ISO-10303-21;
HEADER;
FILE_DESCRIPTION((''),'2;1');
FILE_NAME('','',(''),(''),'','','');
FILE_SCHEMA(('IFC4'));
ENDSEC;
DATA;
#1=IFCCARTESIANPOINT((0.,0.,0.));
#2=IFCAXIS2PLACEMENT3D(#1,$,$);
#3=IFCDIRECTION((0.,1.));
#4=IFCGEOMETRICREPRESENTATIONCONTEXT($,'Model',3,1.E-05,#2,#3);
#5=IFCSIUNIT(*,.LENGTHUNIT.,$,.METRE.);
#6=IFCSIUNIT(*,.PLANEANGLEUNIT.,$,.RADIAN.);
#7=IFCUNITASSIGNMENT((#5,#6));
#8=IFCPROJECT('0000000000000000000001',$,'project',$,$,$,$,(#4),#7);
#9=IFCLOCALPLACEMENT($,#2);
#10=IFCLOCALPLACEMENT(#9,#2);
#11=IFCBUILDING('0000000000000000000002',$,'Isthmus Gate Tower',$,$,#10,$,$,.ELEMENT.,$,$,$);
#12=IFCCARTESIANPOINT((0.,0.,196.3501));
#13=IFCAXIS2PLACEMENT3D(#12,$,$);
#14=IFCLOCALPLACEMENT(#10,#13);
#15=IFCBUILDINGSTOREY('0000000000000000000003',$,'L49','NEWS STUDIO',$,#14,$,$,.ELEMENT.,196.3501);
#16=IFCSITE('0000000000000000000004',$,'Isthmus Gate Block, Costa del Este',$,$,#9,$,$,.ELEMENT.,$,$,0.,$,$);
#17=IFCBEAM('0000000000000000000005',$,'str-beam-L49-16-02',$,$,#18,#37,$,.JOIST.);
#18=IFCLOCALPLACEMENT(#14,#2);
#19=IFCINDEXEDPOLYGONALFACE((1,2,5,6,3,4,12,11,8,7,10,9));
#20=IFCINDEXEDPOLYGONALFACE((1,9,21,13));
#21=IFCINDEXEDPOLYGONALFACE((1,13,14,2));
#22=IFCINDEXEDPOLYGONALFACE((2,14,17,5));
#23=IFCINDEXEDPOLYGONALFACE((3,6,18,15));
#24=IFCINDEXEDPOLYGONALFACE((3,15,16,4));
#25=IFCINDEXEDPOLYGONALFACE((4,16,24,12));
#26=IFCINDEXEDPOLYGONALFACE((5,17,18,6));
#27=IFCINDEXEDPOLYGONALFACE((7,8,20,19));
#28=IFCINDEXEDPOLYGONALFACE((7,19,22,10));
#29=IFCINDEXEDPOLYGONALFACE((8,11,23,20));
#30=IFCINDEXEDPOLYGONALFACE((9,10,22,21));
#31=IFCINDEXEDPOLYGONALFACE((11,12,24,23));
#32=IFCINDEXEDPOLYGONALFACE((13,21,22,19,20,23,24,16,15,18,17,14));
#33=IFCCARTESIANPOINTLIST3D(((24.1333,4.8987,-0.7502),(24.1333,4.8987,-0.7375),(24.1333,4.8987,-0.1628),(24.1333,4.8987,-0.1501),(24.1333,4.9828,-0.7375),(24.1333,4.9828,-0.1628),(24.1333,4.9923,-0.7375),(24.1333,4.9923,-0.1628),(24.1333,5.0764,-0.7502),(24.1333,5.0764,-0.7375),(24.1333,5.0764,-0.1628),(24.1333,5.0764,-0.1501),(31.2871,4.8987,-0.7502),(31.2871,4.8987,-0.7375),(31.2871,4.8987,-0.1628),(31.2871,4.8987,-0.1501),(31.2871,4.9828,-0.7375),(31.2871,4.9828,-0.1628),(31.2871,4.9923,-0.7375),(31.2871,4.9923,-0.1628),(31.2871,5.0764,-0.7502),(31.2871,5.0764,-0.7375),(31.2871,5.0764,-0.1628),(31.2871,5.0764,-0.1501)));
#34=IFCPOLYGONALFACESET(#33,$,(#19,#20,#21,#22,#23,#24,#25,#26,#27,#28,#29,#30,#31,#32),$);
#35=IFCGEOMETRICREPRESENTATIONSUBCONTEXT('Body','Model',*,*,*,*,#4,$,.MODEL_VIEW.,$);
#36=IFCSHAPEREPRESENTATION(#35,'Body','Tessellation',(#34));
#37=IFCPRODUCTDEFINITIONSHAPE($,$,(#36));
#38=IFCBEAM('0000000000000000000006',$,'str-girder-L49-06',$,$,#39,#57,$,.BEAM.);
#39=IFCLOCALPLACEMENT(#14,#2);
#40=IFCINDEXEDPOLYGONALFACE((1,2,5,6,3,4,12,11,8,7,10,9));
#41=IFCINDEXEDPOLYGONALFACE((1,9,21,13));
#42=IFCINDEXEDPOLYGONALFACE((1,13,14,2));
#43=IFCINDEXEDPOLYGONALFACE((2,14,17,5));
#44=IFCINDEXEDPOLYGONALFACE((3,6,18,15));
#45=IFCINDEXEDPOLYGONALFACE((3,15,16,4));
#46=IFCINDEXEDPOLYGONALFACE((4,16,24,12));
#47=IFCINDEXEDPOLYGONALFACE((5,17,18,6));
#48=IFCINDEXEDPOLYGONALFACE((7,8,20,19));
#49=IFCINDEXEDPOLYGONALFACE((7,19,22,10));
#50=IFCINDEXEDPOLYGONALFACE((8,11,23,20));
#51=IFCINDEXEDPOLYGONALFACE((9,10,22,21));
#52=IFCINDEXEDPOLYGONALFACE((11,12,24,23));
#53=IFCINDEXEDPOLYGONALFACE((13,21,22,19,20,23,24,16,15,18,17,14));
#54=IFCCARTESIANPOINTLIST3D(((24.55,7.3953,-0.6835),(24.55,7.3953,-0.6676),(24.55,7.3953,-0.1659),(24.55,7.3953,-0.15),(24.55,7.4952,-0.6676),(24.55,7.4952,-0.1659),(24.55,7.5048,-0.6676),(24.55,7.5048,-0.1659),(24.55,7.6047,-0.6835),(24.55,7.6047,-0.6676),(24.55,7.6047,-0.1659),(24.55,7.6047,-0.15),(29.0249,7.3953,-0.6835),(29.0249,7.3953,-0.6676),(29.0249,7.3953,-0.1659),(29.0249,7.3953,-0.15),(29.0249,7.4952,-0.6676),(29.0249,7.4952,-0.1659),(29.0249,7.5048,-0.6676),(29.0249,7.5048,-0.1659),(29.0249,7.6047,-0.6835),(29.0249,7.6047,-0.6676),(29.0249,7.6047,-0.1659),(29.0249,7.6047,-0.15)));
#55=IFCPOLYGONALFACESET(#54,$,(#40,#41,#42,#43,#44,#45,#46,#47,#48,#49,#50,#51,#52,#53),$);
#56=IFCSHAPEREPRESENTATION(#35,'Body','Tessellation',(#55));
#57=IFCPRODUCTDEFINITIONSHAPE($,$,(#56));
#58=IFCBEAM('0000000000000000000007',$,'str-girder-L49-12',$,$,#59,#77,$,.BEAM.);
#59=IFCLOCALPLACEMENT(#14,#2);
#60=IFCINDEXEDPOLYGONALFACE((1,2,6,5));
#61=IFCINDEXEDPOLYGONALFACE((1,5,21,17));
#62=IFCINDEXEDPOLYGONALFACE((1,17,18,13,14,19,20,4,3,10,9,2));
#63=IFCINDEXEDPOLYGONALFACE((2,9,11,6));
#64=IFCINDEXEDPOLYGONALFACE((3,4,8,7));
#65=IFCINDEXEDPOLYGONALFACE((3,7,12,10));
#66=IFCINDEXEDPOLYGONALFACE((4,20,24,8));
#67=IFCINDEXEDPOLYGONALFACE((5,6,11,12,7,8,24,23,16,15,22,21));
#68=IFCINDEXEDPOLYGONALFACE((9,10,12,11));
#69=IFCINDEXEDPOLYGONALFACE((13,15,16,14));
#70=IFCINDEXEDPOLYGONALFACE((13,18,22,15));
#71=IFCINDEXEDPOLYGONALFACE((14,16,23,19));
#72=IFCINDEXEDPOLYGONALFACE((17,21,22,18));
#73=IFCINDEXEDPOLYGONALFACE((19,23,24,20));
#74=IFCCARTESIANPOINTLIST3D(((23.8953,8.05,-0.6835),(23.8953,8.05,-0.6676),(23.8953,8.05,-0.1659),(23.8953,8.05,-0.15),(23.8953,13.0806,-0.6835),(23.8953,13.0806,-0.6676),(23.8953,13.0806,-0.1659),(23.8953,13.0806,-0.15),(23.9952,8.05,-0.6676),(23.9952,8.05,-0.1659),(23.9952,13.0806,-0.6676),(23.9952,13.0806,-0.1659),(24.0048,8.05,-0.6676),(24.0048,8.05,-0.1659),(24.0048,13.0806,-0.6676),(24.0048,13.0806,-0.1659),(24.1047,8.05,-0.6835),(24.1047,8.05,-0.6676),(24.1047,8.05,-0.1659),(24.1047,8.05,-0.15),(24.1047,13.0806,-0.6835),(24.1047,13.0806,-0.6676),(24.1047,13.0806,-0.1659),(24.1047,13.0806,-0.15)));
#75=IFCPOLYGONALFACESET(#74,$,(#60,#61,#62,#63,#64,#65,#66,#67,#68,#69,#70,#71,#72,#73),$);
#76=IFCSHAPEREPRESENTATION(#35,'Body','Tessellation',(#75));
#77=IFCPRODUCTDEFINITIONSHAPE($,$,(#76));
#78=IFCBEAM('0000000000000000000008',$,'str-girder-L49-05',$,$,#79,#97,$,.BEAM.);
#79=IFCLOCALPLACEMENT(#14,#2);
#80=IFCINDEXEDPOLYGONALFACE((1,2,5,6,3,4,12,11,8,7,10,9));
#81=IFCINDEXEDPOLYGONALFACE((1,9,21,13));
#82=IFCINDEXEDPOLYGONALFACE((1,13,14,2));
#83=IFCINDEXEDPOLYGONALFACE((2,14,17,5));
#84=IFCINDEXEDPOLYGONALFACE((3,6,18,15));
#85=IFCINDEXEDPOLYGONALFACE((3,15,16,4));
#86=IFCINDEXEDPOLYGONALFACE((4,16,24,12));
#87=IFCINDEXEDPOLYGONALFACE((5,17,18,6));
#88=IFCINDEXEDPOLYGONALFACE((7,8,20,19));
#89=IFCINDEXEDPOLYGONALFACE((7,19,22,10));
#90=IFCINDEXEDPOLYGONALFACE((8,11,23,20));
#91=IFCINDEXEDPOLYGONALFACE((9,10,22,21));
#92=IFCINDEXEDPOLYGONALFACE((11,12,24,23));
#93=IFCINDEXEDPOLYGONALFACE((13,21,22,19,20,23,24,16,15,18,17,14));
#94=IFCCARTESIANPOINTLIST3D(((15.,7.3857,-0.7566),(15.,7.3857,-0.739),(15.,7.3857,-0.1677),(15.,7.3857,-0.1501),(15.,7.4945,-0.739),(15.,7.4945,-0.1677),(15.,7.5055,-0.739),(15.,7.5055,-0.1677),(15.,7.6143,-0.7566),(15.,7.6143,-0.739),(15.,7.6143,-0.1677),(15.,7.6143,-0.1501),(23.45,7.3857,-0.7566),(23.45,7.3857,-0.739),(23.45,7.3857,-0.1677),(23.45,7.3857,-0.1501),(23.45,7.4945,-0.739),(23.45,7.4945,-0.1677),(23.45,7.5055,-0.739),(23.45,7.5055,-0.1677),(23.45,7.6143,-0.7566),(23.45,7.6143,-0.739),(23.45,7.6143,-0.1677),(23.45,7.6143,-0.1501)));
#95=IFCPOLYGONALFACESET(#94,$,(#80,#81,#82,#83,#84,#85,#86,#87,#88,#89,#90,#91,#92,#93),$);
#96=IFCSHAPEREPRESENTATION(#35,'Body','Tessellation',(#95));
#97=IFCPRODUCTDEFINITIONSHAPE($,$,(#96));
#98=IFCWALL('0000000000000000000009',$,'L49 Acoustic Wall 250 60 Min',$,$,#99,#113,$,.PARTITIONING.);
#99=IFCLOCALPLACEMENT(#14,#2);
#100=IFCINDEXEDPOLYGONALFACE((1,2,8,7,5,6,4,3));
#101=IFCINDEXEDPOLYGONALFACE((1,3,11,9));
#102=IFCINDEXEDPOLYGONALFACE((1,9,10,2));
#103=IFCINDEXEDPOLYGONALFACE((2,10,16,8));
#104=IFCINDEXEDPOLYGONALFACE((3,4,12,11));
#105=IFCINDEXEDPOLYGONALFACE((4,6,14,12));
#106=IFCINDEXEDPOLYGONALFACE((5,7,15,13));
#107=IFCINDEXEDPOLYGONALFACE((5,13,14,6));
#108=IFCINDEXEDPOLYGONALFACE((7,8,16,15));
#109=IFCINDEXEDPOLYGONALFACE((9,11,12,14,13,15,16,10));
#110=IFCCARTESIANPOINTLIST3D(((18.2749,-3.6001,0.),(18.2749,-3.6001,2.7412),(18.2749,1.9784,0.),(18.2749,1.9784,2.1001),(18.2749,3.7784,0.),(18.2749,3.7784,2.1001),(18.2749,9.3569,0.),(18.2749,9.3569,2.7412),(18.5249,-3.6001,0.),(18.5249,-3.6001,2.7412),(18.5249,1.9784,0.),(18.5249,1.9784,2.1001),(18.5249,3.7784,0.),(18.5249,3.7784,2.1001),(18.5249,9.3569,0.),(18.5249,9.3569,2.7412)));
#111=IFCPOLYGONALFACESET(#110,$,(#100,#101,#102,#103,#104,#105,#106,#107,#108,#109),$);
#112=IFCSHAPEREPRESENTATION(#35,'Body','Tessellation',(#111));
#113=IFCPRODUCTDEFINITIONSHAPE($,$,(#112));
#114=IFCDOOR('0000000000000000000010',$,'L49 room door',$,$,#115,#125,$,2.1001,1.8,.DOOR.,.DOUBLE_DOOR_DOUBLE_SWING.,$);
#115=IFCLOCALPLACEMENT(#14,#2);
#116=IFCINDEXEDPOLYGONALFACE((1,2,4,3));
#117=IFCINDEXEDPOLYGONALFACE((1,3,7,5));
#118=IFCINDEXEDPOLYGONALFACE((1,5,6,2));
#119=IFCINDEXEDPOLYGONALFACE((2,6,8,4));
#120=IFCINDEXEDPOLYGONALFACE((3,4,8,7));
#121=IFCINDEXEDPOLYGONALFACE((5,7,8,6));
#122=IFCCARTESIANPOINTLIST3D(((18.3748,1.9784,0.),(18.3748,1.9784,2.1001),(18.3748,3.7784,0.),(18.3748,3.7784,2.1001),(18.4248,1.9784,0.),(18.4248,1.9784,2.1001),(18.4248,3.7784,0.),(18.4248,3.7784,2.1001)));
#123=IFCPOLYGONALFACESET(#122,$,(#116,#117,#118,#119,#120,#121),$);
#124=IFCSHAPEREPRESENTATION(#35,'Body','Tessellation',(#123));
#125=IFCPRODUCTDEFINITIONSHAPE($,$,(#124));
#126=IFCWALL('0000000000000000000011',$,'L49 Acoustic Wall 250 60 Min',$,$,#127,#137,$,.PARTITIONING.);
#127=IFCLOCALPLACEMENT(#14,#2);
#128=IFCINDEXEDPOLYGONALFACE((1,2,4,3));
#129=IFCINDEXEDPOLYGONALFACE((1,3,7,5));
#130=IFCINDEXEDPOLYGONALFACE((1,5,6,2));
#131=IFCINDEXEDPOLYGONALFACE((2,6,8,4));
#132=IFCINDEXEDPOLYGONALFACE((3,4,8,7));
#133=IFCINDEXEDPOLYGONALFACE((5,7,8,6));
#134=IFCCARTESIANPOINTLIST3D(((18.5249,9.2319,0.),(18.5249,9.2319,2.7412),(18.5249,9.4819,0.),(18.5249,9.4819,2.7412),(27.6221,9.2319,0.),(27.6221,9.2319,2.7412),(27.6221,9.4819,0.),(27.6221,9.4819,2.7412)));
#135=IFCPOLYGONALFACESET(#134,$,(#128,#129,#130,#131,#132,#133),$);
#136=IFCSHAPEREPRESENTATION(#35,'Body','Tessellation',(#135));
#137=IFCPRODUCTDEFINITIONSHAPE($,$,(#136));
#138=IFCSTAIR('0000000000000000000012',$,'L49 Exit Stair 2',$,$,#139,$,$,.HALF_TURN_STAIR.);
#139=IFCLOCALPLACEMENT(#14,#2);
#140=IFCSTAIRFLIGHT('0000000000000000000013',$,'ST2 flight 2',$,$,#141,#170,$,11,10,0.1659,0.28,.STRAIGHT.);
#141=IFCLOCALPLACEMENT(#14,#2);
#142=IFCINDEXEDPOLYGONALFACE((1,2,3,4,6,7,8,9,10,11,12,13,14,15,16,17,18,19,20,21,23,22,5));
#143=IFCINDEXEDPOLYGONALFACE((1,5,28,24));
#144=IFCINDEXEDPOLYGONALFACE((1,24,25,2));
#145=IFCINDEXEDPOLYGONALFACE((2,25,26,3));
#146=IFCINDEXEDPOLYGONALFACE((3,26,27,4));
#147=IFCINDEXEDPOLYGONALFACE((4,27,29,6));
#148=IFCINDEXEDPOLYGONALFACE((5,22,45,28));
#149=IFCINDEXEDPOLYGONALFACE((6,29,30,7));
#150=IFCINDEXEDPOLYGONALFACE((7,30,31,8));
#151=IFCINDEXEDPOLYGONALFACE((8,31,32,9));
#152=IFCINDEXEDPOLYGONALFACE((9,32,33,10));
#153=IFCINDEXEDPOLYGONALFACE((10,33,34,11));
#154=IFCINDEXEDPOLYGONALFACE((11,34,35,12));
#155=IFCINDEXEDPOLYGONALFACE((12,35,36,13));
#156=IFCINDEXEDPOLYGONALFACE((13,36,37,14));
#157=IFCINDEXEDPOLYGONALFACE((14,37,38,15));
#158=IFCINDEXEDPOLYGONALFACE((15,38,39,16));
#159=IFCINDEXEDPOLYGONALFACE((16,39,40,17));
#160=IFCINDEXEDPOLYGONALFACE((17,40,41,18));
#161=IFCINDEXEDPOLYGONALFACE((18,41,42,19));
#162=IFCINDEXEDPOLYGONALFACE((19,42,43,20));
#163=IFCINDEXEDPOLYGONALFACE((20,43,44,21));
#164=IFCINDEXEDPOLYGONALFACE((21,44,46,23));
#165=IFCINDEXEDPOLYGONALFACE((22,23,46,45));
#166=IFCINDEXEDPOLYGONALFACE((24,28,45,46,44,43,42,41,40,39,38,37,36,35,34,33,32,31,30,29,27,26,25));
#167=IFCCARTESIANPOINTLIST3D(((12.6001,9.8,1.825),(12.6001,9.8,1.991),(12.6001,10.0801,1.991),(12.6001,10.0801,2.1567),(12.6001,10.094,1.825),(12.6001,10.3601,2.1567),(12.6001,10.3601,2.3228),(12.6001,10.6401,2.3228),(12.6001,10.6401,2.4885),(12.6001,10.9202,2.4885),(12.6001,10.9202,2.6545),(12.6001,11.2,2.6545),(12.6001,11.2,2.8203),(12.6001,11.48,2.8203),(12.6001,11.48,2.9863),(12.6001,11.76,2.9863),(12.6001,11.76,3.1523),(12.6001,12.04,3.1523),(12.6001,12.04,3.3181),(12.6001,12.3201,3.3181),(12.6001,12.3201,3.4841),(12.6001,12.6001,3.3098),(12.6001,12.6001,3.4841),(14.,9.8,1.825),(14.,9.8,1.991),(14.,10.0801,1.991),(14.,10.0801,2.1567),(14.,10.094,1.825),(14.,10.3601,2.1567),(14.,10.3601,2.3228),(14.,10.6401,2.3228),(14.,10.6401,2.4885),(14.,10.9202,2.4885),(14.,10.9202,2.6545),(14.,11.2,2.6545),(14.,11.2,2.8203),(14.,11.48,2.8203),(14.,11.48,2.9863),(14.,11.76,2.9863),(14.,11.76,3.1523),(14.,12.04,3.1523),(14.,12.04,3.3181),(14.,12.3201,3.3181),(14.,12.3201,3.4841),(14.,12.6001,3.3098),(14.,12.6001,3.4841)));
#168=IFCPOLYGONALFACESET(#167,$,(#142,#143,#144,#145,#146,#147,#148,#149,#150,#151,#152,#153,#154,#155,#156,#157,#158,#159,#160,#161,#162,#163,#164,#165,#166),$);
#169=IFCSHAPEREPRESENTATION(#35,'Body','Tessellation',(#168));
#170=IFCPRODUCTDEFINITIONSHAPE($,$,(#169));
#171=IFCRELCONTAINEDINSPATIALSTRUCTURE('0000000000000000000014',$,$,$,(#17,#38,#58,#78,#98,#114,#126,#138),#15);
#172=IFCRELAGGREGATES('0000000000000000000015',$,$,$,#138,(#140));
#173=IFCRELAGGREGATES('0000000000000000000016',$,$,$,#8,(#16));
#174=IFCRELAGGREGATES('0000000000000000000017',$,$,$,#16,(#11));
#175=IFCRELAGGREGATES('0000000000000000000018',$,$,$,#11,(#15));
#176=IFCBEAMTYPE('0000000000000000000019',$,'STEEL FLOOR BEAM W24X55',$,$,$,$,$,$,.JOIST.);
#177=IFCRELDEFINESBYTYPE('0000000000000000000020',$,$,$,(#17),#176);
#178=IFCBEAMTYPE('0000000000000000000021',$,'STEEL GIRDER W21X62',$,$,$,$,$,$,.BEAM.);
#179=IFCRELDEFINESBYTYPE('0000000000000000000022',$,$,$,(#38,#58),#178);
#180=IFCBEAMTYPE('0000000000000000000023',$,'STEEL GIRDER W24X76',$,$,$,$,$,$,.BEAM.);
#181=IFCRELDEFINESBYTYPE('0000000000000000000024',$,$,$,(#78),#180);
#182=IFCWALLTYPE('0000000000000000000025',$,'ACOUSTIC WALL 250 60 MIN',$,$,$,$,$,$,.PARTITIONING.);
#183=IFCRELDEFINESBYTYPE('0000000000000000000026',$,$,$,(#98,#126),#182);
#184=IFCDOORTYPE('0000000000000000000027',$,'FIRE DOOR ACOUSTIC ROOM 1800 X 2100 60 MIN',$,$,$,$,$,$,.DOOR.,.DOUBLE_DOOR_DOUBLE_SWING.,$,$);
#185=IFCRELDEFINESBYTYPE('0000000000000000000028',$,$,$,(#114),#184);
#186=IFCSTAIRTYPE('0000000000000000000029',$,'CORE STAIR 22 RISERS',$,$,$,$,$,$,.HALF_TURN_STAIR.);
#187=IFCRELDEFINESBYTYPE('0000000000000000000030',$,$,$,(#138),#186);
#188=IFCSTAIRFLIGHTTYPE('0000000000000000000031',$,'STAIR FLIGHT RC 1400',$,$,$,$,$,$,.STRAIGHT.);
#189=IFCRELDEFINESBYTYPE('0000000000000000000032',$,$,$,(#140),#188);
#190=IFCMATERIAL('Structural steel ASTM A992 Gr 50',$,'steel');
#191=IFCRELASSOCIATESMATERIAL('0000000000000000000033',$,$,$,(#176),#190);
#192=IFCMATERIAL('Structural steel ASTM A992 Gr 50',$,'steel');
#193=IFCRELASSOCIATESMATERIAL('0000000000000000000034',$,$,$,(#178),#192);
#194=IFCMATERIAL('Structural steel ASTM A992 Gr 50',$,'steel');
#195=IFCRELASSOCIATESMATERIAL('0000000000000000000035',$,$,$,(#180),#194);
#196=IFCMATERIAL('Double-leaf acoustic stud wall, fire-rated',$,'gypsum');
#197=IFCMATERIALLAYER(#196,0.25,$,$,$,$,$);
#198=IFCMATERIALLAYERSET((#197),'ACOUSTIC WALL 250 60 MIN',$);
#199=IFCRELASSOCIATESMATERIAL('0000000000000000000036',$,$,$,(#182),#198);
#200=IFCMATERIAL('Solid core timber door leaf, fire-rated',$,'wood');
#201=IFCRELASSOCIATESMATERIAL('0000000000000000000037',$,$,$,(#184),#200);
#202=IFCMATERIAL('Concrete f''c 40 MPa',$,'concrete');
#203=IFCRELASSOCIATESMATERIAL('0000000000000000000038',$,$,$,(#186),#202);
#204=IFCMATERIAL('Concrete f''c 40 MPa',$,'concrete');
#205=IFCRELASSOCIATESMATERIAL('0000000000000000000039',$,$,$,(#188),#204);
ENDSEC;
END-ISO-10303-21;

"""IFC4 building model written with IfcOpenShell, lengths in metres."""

from ifc_helpers import new_model, si_unit, direction, frame, frame_2d, origin, origin_2d, place, context, subcontext, project, spatial, polyline, rectangle, i_section, outline, extrude, material, layer, layer_set, material_profile, profile_set, type_object, element, fill, aggregate, save


model = new_model("IFC4")

# Units and contexts
model_context = context("Model", 3, precision=1e-05, world=origin(), true_north=direction((0.0, 1.0)))
body_context = subcontext(model_context, "Body", "Model", "MODEL_VIEW")
ifc_project = project(units=[si_unit("LENGTHUNIT", "METRE"), si_unit("PLANEANGLEUNIT", "RADIAN")], contexts=[model_context])

# Site, building, storey
site_placement = place(None, origin())
site = spatial("IfcSite", under=ifc_project, at=site_placement, Name="Isthmus Gate Block, Costa del Este", CompositionType="ELEMENT", RefElevation=0.0)
building_placement = place(site_placement, origin())
building = spatial("IfcBuilding", under=site, at=building_placement, Name="Isthmus Gate Tower", CompositionType="ELEMENT")
storey_placement = place(building_placement, frame((0.0, 0.0, 196.3501)))
storey = spatial("IfcBuildingStorey", under=building, at=storey_placement, Name="L49", Description="NEWS STUDIO", CompositionType="ELEMENT", Elevation=196.3501)

# Beams
ifc_material_1 = material(Name="Structural steel ASTM A992 Gr 50", Category="steel")
ifc_material_profile_1 = material_profile(ifc_material_1, i_section(OverallWidth=0.1777, OverallDepth=0.6001, WebThickness=0.0095, FlangeThickness=0.0127, at=origin_2d()), Name="W24X55")
ifc_profile_set_1 = profile_set([ifc_material_profile_1], Name="Structural steel ASTM A992 Gr 50")
beam_type_1 = type_object("IfcBeamType", Name="STEEL FLOOR BEAM W24X55", PredefinedType="JOIST", material=ifc_profile_set_1)
beam_1_placement = place(storey_placement, frame((24.1333, 4.9875, -0.4502), z_axis=(1.0, 0.0, 0.0), x_axis=(0.0, 1.0, 0.0)))
element("IfcBeam", 1, at=beam_1_placement, inside=storey, type_object=beam_type_1, Name="str-beam-L49-16-02", PredefinedType="JOIST", context=body_context, shape_type="SweptSolid", body=[
    extrude(i_section(OverallWidth=0.1777, OverallDepth=0.6001, WebThickness=0.0095, FlangeThickness=0.0127, at=origin_2d()), origin(), (0.0, 0.0, 1.0), 7.1538),
])
ifc_material_2 = material(Name="Structural steel ASTM A992 Gr 50", Category="steel")
ifc_material_profile_2 = material_profile(ifc_material_2, i_section(OverallWidth=0.2095, OverallDepth=0.5334, WebThickness=0.0095, FlangeThickness=0.0159, at=origin_2d()), Name="W21X62")
ifc_profile_set_2 = profile_set([ifc_material_profile_2], Name="Structural steel ASTM A992 Gr 50")
beam_type_2 = type_object("IfcBeamType", Name="STEEL GIRDER W21X62", PredefinedType="BEAM", material=ifc_profile_set_2)
beam_2_placement = place(storey_placement, frame((24.55, 7.5, -0.4167), z_axis=(1.0, 0.0, 0.0), x_axis=(0.0, 1.0, 0.0)))
element("IfcBeam", 2, at=beam_2_placement, inside=storey, type_object=beam_type_2, Name="str-girder-L49-06", PredefinedType="BEAM", context=body_context, shape_type="SweptSolid", body=[
    extrude(i_section(OverallWidth=0.2095, OverallDepth=0.5334, WebThickness=0.0095, FlangeThickness=0.0159, at=origin_2d()), origin(), (0.0, 0.0, 1.0), 4.4749),
])
beam_3_placement = place(storey_placement, frame((24.0, 8.05, -0.4167), z_axis=(0.0, 1.0, 0.0), x_axis=(-1.0, 0.0, 0.0)))
element("IfcBeam", 3, at=beam_3_placement, inside=storey, type_object=beam_type_2, Name="str-girder-L49-12", PredefinedType="BEAM", context=body_context, shape_type="SweptSolid", body=[
    extrude(i_section(OverallWidth=0.2095, OverallDepth=0.5334, WebThickness=0.0095, FlangeThickness=0.0159, at=origin_2d()), origin(), (0.0, 0.0, 1.0), 5.0305),
])
ifc_material_3 = material(Name="Structural steel ASTM A992 Gr 50", Category="steel")
ifc_material_profile_3 = material_profile(ifc_material_3, i_section(OverallWidth=0.2285, OverallDepth=0.6064, WebThickness=0.011, FlangeThickness=0.0176, at=origin_2d()), Name="W24X76")
ifc_profile_set_3 = profile_set([ifc_material_profile_3], Name="Structural steel ASTM A992 Gr 50")
beam_type_3 = type_object("IfcBeamType", Name="STEEL GIRDER W24X76", PredefinedType="BEAM", material=ifc_profile_set_3)
beam_4_placement = place(storey_placement, frame((15.0, 7.5, -0.4534), z_axis=(1.0, 0.0, 0.0), x_axis=(0.0, 1.0, 0.0)))
element("IfcBeam", 4, at=beam_4_placement, inside=storey, type_object=beam_type_3, Name="str-girder-L49-05", PredefinedType="BEAM", context=body_context, shape_type="SweptSolid", body=[
    extrude(i_section(OverallWidth=0.2285, OverallDepth=0.6064, WebThickness=0.011, FlangeThickness=0.0176, at=origin_2d()), origin(), (0.0, 0.0, 1.0), 8.45),
])

# Wall, opening, door
ifc_material_4 = material(Name="Double-leaf acoustic stud wall, fire-rated", Category="gypsum")
ifc_layer_1 = layer(ifc_material_4, 0.25)
ifc_layer_set_1 = layer_set([ifc_layer_1], Name="ACOUSTIC WALL 250 60 MIN")
wall_type = type_object("IfcWallType", Name="ACOUSTIC WALL 250 60 MIN", PredefinedType="PARTITIONING", material=ifc_layer_set_1)
wall_1_placement = place(storey_placement, frame((18.3999, 9.3569, 0.0), z_axis=(0.0, 0.0, 1.0), x_axis=(0.0, -1.0, 0.0)))
wall_1 = element("IfcWall", 5, at=wall_1_placement, inside=storey, type_object=wall_type, Name="L49 Acoustic Wall 250 60 Min", PredefinedType="PARTITIONING", context=body_context, shape_type="SweptSolid", body=[
    extrude(rectangle(XDim=12.957, YDim=0.25, at=frame_2d((6.4785, 0.0))), origin(), (0.0, 0.0, 1.0), 2.7412),
])
opening_placement = place(wall_1_placement, frame((5.5786, 0.0, 0.0)))
opening = element("IfcOpeningElement", 6, at=opening_placement, cuts=wall_1, PredefinedType="OPENING", context=body_context, shape_type="SweptSolid", body=[
    extrude(rectangle(XDim=1.8, YDim=2.1001, at=frame_2d((0.8999, 1.05))), frame((0.0, 0.135, 0.0), z_axis=(0.0, -1.0, 0.0), x_axis=(1.0, 0.0, 0.0)), (0.0, 0.0, 1.0), 0.27),
])
ifc_material_5 = material(Name="Solid core timber door leaf, fire-rated", Category="wood")
door_type = type_object("IfcDoorType", Name="FIRE DOOR ACOUSTIC ROOM 1800 X 2100 60 MIN", OperationType="DOUBLE_DOOR_DOUBLE_SWING", PredefinedType="DOOR", material=ifc_material_5)
door_placement = place(opening_placement, origin())
door = element("IfcDoor", 7, at=door_placement, inside=storey, type_object=door_type, Name="L49 room door", OperationType="DOUBLE_DOOR_DOUBLE_SWING", OverallHeight=2.1001, OverallWidth=1.8, PredefinedType="DOOR", context=body_context, shape_type="SweptSolid", body=[
    extrude(rectangle(XDim=1.8, YDim=2.1001, at=frame_2d((0.8999, 1.05))), frame((0.0, 0.0249, 0.0), z_axis=(0.0, -1.0, 0.0), x_axis=(1.0, 0.0, 0.0)), (0.0, 0.0, 1.0), 0.05),
])
fill(opening, door)

# Wall
wall_2_placement = place(storey_placement, frame((18.5249, 9.3569, 0.0), z_axis=(0.0, 0.0, 1.0), x_axis=(1.0, 0.0, 0.0)))
element("IfcWall", 8, at=wall_2_placement, inside=storey, type_object=wall_type, Name="L49 Acoustic Wall 250 60 Min", PredefinedType="PARTITIONING", context=body_context, shape_type="SweptSolid", body=[
    extrude(rectangle(XDim=9.0972, YDim=0.25, at=frame_2d((4.5486, 0.0))), origin(), (0.0, 0.0, 1.0), 2.7412),
])

# Stair, stair flight
ifc_material_6 = material(Name="Concrete f'c 40 MPa", Category="concrete")
stair_type = type_object("IfcStairType", Name="CORE STAIR 22 RISERS", PredefinedType="HALF_TURN_STAIR", material=ifc_material_6)
stair_placement = place(storey_placement, origin())
stair = element("IfcStair", 9, at=stair_placement, inside=storey, type_object=stair_type, Name="L49 Exit Stair 2", PredefinedType="HALF_TURN_STAIR")
ifc_material_7 = material(Name="Concrete f'c 40 MPa", Category="concrete")
stair_flight_type = type_object("IfcStairFlightType", Name="STAIR FLIGHT RC 1400", PredefinedType="STRAIGHT", material=ifc_material_7)
stair_flight_placement = place(storey_placement, frame((13.3, 9.8, 1.825), z_axis=(0.0, 0.0, 1.0), x_axis=(0.0, 1.0, 0.0)))
stair_flight = element("IfcStairFlight", 10, at=stair_flight_placement, type_object=stair_flight_type, Name="ST2 flight 2", NumberOfRisers=11, NumberOfTreads=10, PredefinedType="STRAIGHT", RiserHeight=0.1659, TreadLength=0.28, context=body_context, shape_type="SweptSolid", body=[
    extrude(outline(polyline([(0.0, 0.0), (0.0, 0.166), (0.28, 0.166), (0.28, 0.3318), (0.5601, 0.3318), (0.5601, 0.4978), (0.8401, 0.4978), (0.8401, 0.6636), (1.1201, 0.6636), (1.1201, 0.8296), (1.3999, 0.8296), (1.3999, 0.9954), (1.6799, 0.9954), (1.6799, 1.1614), (1.96, 1.1614), (1.96, 1.3274), (2.24, 1.3274), (2.24, 1.4932), (2.52, 1.4932), (2.52, 1.6592), (2.8, 1.6592), (2.8, 1.825), (2.8, 1.4849), (0.2939, 0.0), (0.0, 0.0)])), frame((0.0, 0.7, 0.0), z_axis=(0.0, -1.0, 0.0), x_axis=(1.0, 0.0, 0.0)), (0.0, 0.0, 1.0), 1.3999),
])
aggregate(stair, [stair_flight])

save(model, "model.ifc")
